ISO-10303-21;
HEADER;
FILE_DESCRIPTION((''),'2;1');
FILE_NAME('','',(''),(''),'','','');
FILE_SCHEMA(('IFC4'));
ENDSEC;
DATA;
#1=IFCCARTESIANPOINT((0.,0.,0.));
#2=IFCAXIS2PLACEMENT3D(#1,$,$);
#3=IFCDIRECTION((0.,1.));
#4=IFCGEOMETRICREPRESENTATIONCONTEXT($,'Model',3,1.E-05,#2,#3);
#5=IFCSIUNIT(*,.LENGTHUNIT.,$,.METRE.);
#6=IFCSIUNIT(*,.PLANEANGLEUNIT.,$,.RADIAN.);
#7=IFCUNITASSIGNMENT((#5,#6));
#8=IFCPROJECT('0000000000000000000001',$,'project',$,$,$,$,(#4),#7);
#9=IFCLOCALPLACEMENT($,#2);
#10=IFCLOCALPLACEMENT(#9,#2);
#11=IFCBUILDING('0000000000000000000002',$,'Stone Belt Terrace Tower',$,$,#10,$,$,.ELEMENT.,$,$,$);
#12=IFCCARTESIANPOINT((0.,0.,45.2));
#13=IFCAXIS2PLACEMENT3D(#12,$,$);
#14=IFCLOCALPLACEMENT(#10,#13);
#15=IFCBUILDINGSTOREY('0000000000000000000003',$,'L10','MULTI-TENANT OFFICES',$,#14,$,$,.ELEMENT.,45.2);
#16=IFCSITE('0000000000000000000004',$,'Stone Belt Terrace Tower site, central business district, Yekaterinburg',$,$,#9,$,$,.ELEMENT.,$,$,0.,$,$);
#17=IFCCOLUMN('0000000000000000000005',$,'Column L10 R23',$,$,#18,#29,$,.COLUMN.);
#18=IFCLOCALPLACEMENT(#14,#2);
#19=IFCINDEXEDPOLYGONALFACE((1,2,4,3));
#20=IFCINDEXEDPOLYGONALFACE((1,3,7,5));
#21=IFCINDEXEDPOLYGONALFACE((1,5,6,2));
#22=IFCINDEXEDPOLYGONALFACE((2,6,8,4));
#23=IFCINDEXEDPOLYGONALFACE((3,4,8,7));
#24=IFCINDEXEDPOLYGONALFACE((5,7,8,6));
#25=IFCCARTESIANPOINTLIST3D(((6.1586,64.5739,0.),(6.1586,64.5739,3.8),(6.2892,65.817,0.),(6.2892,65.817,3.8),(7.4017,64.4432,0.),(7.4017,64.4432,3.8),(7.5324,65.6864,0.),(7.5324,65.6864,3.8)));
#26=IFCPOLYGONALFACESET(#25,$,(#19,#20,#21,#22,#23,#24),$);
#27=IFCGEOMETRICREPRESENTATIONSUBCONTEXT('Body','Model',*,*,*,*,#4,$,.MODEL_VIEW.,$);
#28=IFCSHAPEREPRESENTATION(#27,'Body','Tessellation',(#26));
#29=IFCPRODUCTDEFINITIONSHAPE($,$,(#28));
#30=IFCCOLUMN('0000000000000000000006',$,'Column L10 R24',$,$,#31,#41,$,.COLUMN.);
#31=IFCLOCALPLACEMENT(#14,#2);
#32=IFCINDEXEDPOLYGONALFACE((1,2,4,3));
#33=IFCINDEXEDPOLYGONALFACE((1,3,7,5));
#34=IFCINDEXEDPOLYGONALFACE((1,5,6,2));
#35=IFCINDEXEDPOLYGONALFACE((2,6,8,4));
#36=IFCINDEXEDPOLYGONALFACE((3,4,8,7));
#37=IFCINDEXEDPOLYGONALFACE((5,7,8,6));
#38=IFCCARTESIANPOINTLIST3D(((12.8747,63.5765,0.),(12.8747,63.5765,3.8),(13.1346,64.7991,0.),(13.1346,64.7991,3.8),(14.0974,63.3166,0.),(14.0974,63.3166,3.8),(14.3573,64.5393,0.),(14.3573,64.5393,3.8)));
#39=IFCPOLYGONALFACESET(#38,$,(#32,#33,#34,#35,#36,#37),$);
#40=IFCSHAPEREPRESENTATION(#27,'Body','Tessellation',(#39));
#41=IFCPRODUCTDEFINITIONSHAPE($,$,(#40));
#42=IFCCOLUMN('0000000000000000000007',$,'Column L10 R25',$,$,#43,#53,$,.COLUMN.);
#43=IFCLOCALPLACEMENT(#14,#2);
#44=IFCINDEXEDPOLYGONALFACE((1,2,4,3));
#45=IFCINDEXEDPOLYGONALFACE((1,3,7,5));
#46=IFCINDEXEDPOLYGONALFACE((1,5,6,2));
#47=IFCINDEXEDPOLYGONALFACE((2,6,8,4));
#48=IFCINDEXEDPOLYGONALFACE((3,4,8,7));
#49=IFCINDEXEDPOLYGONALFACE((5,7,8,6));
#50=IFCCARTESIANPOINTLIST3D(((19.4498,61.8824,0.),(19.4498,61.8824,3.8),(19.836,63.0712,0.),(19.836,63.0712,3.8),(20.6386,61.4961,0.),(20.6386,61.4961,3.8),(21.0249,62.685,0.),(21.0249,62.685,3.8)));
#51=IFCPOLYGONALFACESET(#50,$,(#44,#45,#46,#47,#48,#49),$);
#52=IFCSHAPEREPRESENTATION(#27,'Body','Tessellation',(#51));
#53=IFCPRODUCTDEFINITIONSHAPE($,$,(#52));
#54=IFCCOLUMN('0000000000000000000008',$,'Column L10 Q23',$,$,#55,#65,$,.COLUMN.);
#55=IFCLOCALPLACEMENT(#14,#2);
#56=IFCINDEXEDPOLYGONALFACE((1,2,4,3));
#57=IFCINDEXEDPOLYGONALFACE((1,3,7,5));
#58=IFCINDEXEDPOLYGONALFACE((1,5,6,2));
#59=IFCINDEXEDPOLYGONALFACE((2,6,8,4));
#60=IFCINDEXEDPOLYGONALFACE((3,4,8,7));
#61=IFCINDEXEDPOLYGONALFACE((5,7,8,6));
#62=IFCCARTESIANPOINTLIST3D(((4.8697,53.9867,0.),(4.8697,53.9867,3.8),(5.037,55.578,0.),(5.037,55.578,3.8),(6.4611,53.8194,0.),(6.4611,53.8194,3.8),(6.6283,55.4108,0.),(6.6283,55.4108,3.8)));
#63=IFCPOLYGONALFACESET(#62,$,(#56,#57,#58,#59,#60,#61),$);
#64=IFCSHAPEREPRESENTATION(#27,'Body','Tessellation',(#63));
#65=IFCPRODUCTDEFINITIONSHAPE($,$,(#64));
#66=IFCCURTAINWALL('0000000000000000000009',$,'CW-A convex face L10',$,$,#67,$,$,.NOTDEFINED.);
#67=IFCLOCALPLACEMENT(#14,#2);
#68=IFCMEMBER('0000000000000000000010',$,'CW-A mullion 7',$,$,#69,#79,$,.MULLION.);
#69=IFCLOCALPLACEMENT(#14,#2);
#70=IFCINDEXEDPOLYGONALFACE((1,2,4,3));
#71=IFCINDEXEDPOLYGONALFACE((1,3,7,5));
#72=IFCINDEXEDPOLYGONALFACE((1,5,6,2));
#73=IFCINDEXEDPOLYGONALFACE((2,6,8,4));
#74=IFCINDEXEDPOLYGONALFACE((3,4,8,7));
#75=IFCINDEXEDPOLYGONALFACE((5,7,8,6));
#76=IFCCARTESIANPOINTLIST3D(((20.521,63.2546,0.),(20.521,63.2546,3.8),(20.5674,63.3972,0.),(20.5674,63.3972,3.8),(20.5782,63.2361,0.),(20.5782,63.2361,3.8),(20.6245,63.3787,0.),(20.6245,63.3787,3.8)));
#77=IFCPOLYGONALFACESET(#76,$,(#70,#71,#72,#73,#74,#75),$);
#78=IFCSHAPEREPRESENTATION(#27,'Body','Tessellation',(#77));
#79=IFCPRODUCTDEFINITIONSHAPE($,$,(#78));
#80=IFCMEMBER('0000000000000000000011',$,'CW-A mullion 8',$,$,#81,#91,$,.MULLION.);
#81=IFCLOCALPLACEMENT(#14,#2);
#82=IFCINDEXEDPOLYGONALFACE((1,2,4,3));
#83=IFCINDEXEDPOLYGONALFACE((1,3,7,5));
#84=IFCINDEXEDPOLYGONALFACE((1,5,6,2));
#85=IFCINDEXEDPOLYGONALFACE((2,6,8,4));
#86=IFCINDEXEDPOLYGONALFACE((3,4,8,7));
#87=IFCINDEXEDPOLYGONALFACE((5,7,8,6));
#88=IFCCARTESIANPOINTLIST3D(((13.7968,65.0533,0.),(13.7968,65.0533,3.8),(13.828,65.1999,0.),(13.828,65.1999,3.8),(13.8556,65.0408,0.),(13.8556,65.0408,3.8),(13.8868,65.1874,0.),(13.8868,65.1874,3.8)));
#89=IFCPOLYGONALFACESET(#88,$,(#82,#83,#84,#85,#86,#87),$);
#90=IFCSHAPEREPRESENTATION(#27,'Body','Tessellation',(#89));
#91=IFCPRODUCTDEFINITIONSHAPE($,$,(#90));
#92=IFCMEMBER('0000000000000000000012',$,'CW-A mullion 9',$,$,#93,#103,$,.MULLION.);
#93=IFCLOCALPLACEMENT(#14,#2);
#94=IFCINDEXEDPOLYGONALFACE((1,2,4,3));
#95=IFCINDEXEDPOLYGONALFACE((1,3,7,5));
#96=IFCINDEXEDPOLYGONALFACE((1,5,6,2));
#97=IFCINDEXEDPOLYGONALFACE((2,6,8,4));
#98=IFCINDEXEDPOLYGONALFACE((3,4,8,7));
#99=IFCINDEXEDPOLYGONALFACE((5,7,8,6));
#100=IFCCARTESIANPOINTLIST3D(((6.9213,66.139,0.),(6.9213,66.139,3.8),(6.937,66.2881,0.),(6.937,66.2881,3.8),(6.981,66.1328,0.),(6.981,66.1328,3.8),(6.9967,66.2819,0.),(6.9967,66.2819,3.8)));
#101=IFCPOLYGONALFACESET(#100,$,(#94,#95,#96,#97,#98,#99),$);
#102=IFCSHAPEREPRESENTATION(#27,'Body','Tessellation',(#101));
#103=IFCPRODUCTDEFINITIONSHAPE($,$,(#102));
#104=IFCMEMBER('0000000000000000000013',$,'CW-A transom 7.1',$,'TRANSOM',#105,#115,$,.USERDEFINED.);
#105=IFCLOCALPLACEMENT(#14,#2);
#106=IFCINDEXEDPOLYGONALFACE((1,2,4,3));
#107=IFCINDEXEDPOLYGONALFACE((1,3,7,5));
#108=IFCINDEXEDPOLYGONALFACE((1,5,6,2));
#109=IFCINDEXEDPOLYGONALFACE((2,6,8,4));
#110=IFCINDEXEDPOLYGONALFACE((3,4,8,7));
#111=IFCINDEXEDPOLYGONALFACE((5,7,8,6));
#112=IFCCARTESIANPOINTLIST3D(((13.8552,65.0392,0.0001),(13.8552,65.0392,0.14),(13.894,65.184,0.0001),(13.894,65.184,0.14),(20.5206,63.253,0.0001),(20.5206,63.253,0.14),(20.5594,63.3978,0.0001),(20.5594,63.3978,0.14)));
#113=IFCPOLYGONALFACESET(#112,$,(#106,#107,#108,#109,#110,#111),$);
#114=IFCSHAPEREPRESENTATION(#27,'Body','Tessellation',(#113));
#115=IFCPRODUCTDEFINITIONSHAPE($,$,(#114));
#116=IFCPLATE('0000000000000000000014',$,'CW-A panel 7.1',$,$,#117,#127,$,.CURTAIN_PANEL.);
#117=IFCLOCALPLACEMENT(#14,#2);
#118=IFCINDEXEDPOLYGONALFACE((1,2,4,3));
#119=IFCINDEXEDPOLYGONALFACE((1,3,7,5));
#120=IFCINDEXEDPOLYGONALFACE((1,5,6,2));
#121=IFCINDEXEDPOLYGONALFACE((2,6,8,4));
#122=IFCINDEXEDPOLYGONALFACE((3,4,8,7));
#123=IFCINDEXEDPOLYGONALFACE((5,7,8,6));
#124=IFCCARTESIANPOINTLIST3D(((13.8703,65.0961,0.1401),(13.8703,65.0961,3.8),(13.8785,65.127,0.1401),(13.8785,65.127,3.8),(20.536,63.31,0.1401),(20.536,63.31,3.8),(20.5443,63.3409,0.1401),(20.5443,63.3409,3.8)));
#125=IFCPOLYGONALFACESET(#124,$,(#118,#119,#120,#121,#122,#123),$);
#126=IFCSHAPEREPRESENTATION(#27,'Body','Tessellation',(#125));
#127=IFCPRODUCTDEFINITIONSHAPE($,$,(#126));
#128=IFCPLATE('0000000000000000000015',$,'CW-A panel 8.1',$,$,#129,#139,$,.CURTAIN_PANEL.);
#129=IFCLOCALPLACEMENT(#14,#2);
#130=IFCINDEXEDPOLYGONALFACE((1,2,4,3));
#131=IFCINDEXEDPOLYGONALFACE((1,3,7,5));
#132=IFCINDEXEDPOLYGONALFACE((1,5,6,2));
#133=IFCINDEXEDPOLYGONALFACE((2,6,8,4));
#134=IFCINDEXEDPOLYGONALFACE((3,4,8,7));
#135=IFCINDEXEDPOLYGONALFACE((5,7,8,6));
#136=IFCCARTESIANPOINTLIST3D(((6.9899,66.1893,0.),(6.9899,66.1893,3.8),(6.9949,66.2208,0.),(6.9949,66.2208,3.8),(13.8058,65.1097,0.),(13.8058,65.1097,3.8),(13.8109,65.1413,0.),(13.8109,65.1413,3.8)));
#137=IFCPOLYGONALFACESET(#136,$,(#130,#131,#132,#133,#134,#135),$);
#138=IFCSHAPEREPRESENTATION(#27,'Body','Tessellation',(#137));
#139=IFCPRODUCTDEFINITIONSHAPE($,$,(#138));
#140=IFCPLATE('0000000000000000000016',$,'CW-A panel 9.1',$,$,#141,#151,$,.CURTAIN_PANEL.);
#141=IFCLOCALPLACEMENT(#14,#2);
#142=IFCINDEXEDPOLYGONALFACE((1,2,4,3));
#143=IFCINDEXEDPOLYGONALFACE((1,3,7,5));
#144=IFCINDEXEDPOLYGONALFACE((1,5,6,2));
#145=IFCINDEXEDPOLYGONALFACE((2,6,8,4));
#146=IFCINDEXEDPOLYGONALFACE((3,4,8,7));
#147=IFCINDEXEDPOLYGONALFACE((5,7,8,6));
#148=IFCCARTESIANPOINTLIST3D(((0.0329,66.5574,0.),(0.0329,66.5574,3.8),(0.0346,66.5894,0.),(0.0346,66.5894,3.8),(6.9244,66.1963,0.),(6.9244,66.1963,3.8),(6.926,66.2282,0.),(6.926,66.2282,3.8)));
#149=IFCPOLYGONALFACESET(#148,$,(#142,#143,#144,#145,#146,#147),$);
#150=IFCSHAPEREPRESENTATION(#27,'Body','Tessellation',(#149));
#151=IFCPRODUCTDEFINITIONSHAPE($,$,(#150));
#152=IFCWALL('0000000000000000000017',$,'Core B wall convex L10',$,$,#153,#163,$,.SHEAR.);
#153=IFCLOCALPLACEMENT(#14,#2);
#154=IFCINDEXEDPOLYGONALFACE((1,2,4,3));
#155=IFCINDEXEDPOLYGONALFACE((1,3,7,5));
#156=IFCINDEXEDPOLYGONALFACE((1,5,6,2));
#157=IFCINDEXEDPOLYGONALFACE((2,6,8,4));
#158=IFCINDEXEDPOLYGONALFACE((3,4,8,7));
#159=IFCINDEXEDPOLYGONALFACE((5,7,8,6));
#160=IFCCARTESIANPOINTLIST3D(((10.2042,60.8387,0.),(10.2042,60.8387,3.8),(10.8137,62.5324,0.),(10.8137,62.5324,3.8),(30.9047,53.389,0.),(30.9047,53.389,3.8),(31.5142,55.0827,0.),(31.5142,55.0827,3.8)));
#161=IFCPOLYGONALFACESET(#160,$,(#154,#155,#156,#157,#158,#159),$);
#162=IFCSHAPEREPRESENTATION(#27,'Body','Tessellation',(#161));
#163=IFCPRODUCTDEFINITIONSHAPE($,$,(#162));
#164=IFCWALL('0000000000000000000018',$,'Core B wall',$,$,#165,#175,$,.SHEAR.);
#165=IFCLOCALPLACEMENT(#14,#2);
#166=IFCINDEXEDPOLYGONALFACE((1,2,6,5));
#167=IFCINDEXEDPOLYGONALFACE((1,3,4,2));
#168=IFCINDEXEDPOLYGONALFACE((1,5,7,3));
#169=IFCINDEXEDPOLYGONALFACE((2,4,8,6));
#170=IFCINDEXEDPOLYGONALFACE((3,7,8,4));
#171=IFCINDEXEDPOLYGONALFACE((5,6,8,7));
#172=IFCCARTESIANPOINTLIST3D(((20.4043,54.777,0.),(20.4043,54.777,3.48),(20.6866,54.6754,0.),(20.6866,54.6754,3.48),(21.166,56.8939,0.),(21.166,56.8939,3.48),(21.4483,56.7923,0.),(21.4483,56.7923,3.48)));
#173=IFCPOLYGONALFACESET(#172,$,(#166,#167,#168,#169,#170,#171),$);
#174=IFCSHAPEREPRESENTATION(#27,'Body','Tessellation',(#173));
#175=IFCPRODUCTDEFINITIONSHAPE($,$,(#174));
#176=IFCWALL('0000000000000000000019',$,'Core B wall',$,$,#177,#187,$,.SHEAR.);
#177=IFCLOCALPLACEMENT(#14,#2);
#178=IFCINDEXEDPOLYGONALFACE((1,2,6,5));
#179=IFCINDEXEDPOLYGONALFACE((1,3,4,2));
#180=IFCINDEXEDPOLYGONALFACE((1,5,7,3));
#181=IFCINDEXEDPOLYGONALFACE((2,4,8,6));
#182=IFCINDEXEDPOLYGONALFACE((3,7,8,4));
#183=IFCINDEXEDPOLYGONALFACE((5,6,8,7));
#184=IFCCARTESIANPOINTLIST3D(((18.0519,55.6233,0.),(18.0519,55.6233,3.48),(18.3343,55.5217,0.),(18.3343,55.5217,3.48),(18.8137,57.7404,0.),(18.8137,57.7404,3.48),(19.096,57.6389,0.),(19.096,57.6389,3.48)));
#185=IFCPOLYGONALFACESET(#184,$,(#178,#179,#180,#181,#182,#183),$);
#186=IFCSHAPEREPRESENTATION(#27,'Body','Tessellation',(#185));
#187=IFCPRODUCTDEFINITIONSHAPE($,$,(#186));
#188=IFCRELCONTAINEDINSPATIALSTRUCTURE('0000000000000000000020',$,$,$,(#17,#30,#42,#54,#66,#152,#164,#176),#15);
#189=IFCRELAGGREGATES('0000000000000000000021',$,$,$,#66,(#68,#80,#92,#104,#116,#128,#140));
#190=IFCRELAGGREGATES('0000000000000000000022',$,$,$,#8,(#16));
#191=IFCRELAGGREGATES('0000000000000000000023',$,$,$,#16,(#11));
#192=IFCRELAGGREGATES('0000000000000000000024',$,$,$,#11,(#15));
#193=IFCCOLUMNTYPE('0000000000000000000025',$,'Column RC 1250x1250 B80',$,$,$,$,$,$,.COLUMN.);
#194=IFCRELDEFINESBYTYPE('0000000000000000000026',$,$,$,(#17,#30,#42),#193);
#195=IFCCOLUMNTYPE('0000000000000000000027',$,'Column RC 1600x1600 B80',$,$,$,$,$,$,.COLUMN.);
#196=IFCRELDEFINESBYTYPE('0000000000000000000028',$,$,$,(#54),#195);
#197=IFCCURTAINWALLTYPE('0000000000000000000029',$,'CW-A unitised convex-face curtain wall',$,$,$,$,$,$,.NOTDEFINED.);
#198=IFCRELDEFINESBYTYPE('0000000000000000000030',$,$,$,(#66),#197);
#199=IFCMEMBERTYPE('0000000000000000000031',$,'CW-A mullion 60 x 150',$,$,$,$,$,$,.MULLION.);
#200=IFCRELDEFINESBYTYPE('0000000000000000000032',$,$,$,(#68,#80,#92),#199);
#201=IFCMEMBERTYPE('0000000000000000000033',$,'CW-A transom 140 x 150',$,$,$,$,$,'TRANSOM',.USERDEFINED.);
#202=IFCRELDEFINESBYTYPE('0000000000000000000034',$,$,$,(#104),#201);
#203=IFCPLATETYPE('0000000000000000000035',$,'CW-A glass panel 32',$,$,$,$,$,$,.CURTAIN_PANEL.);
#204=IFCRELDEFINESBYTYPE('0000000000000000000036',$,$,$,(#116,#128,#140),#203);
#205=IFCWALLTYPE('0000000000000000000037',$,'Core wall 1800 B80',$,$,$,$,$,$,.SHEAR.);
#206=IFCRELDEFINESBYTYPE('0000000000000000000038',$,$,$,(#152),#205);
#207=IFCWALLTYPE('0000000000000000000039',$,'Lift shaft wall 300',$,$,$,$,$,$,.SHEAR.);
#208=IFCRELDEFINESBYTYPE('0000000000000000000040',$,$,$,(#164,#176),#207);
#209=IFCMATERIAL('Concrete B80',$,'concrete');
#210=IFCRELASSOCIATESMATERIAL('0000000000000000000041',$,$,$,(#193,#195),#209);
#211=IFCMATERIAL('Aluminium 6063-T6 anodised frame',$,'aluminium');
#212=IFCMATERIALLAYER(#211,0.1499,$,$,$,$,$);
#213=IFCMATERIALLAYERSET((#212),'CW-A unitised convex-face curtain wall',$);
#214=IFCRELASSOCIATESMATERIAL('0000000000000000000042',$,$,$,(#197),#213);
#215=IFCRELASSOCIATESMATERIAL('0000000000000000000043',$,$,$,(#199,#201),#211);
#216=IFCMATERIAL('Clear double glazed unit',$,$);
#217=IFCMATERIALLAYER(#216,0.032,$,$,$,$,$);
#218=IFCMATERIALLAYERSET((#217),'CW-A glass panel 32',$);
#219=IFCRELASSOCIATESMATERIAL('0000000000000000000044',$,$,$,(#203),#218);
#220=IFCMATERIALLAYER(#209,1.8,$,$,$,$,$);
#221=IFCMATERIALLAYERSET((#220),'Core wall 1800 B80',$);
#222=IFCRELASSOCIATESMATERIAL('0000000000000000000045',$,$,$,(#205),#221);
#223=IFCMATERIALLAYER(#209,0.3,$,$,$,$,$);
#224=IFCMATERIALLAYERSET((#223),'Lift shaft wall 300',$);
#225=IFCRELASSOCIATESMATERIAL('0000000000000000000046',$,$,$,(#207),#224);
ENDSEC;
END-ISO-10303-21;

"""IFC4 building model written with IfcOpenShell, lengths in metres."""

from ifc_helpers import new_model, si_unit, direction, frame, frame_2d, origin, origin_2d, place, context, subcontext, project, spatial, rectangle, extrude, material, layer, layer_set, material_profile, profile_set, type_object, element, aggregate, save


model = new_model("IFC4")

# Units and contexts
model_context = context("Model", 3, precision=1e-05, world=origin(), true_north=direction((0.0, 1.0)))
body_context = subcontext(model_context, "Body", "Model", "MODEL_VIEW")
ifc_project = project(units=[si_unit("LENGTHUNIT", "METRE"), si_unit("PLANEANGLEUNIT", "RADIAN")], contexts=[model_context])

# Site, building, storey
site_placement = place(None, origin())
site = spatial("IfcSite", under=ifc_project, at=site_placement, Name="Stone Belt Terrace Tower site, central business district, Yekaterinburg", CompositionType="ELEMENT", RefElevation=0.0)
building_placement = place(site_placement, origin())
building = spatial("IfcBuilding", under=site, at=building_placement, Name="Stone Belt Terrace Tower", CompositionType="ELEMENT")
storey_placement = place(building_placement, frame((0.0, 0.0, 45.2)))
storey = spatial("IfcBuildingStorey", under=building, at=storey_placement, Name="L10", Description="MULTI-TENANT OFFICES", CompositionType="ELEMENT", Elevation=45.2)

# Columns
ifc_material_1 = material(Name="Concrete B80", Category="concrete")
ifc_material_profile_1 = material_profile(ifc_material_1, rectangle(XDim=1.25, YDim=1.25, at=origin_2d()), Name="RC 1250x1250")
ifc_profile_set_1 = profile_set([ifc_material_profile_1], Name="Concrete B80")
column_type_1 = type_object("IfcColumnType", Name="Column RC 1250x1250 B80", PredefinedType="COLUMN", material=ifc_profile_set_1)
for number, where, z_axis, x_axis, name in (
    (1, (6.8455, 65.1301, 0.0), (0.0, 0.0, 1.0), (0.994522, -0.104528, 0.0), "Column L10 R23"),
    (2, (13.616, 64.0579, 0.0), (0.0, 0.0, 1.0), (0.978148, -0.207912, 0.0), "Column L10 R24"),
    (3, (20.2373, 62.2837, 0.0), (0.0, 0.0, 1.0), (0.951057, -0.309017, 0.0), "Column L10 R25"),
):
    element("IfcColumn", number, at=place(storey_placement, frame(where, z_axis=z_axis, x_axis=x_axis)), inside=storey, type_object=column_type_1, Name=name, PredefinedType="COLUMN", context=body_context, shape_type="SweptSolid", body=[
        extrude(rectangle(XDim=1.25, YDim=1.25, at=origin_2d()), origin(), (0.0, 0.0, 1.0), 3.8),
    ])
ifc_material_profile_2 = material_profile(ifc_material_1, rectangle(XDim=1.6001, YDim=1.6001, at=origin_2d()), Name="RC 1600x1600")
ifc_profile_set_2 = profile_set([ifc_material_profile_2], Name="Concrete B80")
column_type_2 = type_object("IfcColumnType", Name="Column RC 1600x1600 B80", PredefinedType="COLUMN", material=ifc_profile_set_2)
column_placement = place(storey_placement, frame((5.749, 54.6987, 0.0), z_axis=(0.0, 0.0, 1.0), x_axis=(0.994522, -0.104528, 0.0)))
element("IfcColumn", 4, at=column_placement, inside=storey, type_object=column_type_2, Name="Column L10 Q23", PredefinedType="COLUMN", context=body_context, shape_type="SweptSolid", body=[
    extrude(rectangle(XDim=1.6001, YDim=1.6001, at=origin_2d()), origin(), (0.0, 0.0, 1.0), 3.8),
])

# Curtain wall, members, plates
ifc_material_2 = material(Name="Aluminium 6063-T6 anodised frame", Category="aluminium")
ifc_layer_1 = layer(ifc_material_2, 0.1499)
ifc_layer_set_1 = layer_set([ifc_layer_1], Name="CW-A unitised convex-face curtain wall")
curtain_wall_type = type_object("IfcCurtainWallType", Name="CW-A unitised convex-face curtain wall", PredefinedType="NOTDEFINED", material=ifc_layer_set_1)
curtain_wall_placement = place(storey_placement, origin())
curtain_wall = element("IfcCurtainWall", 5, at=curtain_wall_placement, inside=storey, type_object=curtain_wall_type, Name="CW-A convex face L10", PredefinedType="NOTDEFINED")
ifc_material_profile_3 = material_profile(ifc_material_2, rectangle(XDim=0.1499, YDim=0.0601, at=origin_2d()), Name="Aluminium 6063-T6 60x150")
ifc_profile_set_3 = profile_set([ifc_material_profile_3], Name="Aluminium 6063-T6 anodised frame")
member_type_1 = type_object("IfcMemberType", Name="CW-A mullion 60 x 150", PredefinedType="MULLION", material=ifc_profile_set_3)
member_1_placement = place(storey_placement, frame((20.5728, 63.3167, 0.0), z_axis=(0.0, 0.0, 1.0), x_axis=(-0.309017, -0.951057, 0.0)))
member_1 = element("IfcMember", 6, at=member_1_placement, type_object=member_type_1, Name="CW-A mullion 7", PredefinedType="MULLION", context=body_context, shape_type="SweptSolid", body=[
    extrude(rectangle(XDim=0.1499, YDim=0.0601, at=origin_2d()), origin(), (0.0, 0.0, 1.0), 3.8),
])
member_2_placement = place(storey_placement, frame((13.8418, 65.1204, 0.0), z_axis=(0.0, 0.0, 1.0), x_axis=(-0.207912, -0.978148, 0.0)))
member_2 = element("IfcMember", 7, at=member_2_placement, type_object=member_type_1, Name="CW-A mullion 8", PredefinedType="MULLION", context=body_context, shape_type="SweptSolid", body=[
    extrude(rectangle(XDim=0.1499, YDim=0.0601, at=origin_2d()), origin(), (0.0, 0.0, 1.0), 3.8),
])
member_3_placement = place(storey_placement, frame((6.959, 66.2104, 0.0), z_axis=(0.0, 0.0, 1.0), x_axis=(-0.104528, -0.994522, 0.0)))
member_3 = element("IfcMember", 8, at=member_3_placement, type_object=member_type_1, Name="CW-A mullion 9", PredefinedType="MULLION", context=body_context, shape_type="SweptSolid", body=[
    extrude(rectangle(XDim=0.1499, YDim=0.0601, at=origin_2d()), origin(), (0.0, 0.0, 1.0), 3.8),
])
ifc_material_profile_4 = material_profile(ifc_material_2, rectangle(XDim=0.1499, YDim=0.1399, at=origin_2d()), Name="Aluminium 6063-T6 150x140")
ifc_profile_set_4 = profile_set([ifc_material_profile_4], Name="Aluminium 6063-T6 anodised frame")
member_type_2 = type_object("IfcMemberType", Name="CW-A transom 140 x 150", ElementType="TRANSOM", PredefinedType="USERDEFINED", material=ifc_profile_set_4)
member_4_placement = place(storey_placement, frame((20.54, 63.3254, 0.0701), z_axis=(-0.965922, 0.258834, 0.0), x_axis=(-0.258834, -0.965922, 0.0)))
member_4 = element("IfcMember", 9, at=member_4_placement, type_object=member_type_2, Name="CW-A transom 7.1", ObjectType="TRANSOM", PredefinedType="USERDEFINED", context=body_context, shape_type="SweptSolid", body=[
    extrude(rectangle(XDim=0.1499, YDim=0.1399, at=origin_2d()), origin(), (0.0, 0.0, 1.0), 6.9006),
])
ifc_material_3 = material(Name="Clear double glazed unit")
ifc_layer_2 = layer(ifc_material_3, 0.032)
ifc_layer_set_2 = layer_set([ifc_layer_2], Name="CW-A glass panel 32")
plate_type = type_object("IfcPlateType", Name="CW-A glass panel 32", PredefinedType="CURTAIN_PANEL", material=ifc_layer_set_2)
plate_1_placement = place(storey_placement, frame((17.2073, 64.2185, 0.1401), z_axis=(0.0, 0.0, 1.0), x_axis=(-0.965926, 0.258819, 0.0)))
plate_1 = element("IfcPlate", 10, at=plate_1_placement, type_object=plate_type, Name="CW-A panel 7.1", PredefinedType="CURTAIN_PANEL", context=body_context, shape_type="SweptSolid", body=[
    extrude(rectangle(XDim=6.9009, YDim=0.032, at=origin_2d()), origin(), (0.0, 0.0, 1.0), 3.6599),
])
plate_2_placement = place(storey_placement, frame((10.4004, 65.6653, 0.0), z_axis=(0.0, 0.0, 1.0), x_axis=(-0.987688, 0.156434, 0.0)))
plate_2 = element("IfcPlate", 11, at=plate_2_placement, type_object=plate_type, Name="CW-A panel 8.1", PredefinedType="CURTAIN_PANEL", context=body_context, shape_type="SweptSolid", body=[
    extrude(rectangle(XDim=6.9009, YDim=0.032, at=origin_2d()), origin(), (0.0, 0.0, 1.0), 3.8),
])
plate_3_placement = place(storey_placement, frame((3.4795, 66.3928, 0.0), z_axis=(0.0, 0.0, 1.0), x_axis=(-0.99863, 0.052336, 0.0)))
plate_3 = element("IfcPlate", 12, at=plate_3_placement, type_object=plate_type, Name="CW-A panel 9.1", PredefinedType="CURTAIN_PANEL", context=body_context, shape_type="SweptSolid", body=[
    extrude(rectangle(XDim=6.9009, YDim=0.032, at=origin_2d()), origin(), (0.0, 0.0, 1.0), 3.8),
])
aggregate(curtain_wall, [member_1, member_2, member_3, member_4, plate_1, plate_2, plate_3])

# Walls
ifc_layer_3 = layer(ifc_material_1, 1.8)
ifc_layer_set_3 = layer_set([ifc_layer_3], Name="Core wall 1800 B80")
wall_type_1 = type_object("IfcWallType", Name="Core wall 1800 B80", PredefinedType="SHEAR", material=ifc_layer_set_3)
wall_1_placement = place(storey_placement, frame((10.509, 61.6855, 0.0), z_axis=(0.0, 0.0, 1.0), x_axis=(0.940923, -0.338621, 0.0)))
element("IfcWall", 13, at=wall_1_placement, inside=storey, type_object=wall_type_1, Name="Core B wall convex L10", PredefinedType="SHEAR", context=body_context, shape_type="SweptSolid", body=[
    extrude(rectangle(XDim=22.0002, YDim=1.8, at=frame_2d((11.0, 0.0))), origin(), (0.0, 0.0, 1.0), 3.8),
])
ifc_layer_4 = layer(ifc_material_1, 0.3)
ifc_layer_set_4 = layer_set([ifc_layer_4], Name="Lift shaft wall 300")
wall_type_2 = type_object("IfcWallType", Name="Lift shaft wall 300", PredefinedType="SHEAR", material=ifc_layer_set_4)
wall_2_placement = place(storey_placement, frame((20.5454, 54.7261, 0.0), z_axis=(0.0, 0.0, 1.0), x_axis=(0.33857, 0.940941, 0.0)))
element("IfcWall", 14, at=wall_2_placement, inside=storey, type_object=wall_type_2, Name="Core B wall", PredefinedType="SHEAR", context=body_context, shape_type="SweptSolid", body=[
    extrude(rectangle(XDim=2.2498, YDim=0.3, at=frame_2d((1.125, 0.0))), origin(), (0.0, 0.0, 1.0), 3.48),
])
wall_3_placement = place(storey_placement, frame((18.1931, 55.5725, 0.0), z_axis=(0.0, 0.0, 1.0), x_axis=(0.338535, 0.940954, 0.0)))
element("IfcWall", 15, at=wall_3_placement, inside=storey, type_object=wall_type_2, Name="Core B wall", PredefinedType="SHEAR", context=body_context, shape_type="SweptSolid", body=[
    extrude(rectangle(XDim=2.25, YDim=0.3, at=frame_2d((1.125, 0.0))), origin(), (0.0, 0.0, 1.0), 3.48),
])

save(model, "model.ifc")
